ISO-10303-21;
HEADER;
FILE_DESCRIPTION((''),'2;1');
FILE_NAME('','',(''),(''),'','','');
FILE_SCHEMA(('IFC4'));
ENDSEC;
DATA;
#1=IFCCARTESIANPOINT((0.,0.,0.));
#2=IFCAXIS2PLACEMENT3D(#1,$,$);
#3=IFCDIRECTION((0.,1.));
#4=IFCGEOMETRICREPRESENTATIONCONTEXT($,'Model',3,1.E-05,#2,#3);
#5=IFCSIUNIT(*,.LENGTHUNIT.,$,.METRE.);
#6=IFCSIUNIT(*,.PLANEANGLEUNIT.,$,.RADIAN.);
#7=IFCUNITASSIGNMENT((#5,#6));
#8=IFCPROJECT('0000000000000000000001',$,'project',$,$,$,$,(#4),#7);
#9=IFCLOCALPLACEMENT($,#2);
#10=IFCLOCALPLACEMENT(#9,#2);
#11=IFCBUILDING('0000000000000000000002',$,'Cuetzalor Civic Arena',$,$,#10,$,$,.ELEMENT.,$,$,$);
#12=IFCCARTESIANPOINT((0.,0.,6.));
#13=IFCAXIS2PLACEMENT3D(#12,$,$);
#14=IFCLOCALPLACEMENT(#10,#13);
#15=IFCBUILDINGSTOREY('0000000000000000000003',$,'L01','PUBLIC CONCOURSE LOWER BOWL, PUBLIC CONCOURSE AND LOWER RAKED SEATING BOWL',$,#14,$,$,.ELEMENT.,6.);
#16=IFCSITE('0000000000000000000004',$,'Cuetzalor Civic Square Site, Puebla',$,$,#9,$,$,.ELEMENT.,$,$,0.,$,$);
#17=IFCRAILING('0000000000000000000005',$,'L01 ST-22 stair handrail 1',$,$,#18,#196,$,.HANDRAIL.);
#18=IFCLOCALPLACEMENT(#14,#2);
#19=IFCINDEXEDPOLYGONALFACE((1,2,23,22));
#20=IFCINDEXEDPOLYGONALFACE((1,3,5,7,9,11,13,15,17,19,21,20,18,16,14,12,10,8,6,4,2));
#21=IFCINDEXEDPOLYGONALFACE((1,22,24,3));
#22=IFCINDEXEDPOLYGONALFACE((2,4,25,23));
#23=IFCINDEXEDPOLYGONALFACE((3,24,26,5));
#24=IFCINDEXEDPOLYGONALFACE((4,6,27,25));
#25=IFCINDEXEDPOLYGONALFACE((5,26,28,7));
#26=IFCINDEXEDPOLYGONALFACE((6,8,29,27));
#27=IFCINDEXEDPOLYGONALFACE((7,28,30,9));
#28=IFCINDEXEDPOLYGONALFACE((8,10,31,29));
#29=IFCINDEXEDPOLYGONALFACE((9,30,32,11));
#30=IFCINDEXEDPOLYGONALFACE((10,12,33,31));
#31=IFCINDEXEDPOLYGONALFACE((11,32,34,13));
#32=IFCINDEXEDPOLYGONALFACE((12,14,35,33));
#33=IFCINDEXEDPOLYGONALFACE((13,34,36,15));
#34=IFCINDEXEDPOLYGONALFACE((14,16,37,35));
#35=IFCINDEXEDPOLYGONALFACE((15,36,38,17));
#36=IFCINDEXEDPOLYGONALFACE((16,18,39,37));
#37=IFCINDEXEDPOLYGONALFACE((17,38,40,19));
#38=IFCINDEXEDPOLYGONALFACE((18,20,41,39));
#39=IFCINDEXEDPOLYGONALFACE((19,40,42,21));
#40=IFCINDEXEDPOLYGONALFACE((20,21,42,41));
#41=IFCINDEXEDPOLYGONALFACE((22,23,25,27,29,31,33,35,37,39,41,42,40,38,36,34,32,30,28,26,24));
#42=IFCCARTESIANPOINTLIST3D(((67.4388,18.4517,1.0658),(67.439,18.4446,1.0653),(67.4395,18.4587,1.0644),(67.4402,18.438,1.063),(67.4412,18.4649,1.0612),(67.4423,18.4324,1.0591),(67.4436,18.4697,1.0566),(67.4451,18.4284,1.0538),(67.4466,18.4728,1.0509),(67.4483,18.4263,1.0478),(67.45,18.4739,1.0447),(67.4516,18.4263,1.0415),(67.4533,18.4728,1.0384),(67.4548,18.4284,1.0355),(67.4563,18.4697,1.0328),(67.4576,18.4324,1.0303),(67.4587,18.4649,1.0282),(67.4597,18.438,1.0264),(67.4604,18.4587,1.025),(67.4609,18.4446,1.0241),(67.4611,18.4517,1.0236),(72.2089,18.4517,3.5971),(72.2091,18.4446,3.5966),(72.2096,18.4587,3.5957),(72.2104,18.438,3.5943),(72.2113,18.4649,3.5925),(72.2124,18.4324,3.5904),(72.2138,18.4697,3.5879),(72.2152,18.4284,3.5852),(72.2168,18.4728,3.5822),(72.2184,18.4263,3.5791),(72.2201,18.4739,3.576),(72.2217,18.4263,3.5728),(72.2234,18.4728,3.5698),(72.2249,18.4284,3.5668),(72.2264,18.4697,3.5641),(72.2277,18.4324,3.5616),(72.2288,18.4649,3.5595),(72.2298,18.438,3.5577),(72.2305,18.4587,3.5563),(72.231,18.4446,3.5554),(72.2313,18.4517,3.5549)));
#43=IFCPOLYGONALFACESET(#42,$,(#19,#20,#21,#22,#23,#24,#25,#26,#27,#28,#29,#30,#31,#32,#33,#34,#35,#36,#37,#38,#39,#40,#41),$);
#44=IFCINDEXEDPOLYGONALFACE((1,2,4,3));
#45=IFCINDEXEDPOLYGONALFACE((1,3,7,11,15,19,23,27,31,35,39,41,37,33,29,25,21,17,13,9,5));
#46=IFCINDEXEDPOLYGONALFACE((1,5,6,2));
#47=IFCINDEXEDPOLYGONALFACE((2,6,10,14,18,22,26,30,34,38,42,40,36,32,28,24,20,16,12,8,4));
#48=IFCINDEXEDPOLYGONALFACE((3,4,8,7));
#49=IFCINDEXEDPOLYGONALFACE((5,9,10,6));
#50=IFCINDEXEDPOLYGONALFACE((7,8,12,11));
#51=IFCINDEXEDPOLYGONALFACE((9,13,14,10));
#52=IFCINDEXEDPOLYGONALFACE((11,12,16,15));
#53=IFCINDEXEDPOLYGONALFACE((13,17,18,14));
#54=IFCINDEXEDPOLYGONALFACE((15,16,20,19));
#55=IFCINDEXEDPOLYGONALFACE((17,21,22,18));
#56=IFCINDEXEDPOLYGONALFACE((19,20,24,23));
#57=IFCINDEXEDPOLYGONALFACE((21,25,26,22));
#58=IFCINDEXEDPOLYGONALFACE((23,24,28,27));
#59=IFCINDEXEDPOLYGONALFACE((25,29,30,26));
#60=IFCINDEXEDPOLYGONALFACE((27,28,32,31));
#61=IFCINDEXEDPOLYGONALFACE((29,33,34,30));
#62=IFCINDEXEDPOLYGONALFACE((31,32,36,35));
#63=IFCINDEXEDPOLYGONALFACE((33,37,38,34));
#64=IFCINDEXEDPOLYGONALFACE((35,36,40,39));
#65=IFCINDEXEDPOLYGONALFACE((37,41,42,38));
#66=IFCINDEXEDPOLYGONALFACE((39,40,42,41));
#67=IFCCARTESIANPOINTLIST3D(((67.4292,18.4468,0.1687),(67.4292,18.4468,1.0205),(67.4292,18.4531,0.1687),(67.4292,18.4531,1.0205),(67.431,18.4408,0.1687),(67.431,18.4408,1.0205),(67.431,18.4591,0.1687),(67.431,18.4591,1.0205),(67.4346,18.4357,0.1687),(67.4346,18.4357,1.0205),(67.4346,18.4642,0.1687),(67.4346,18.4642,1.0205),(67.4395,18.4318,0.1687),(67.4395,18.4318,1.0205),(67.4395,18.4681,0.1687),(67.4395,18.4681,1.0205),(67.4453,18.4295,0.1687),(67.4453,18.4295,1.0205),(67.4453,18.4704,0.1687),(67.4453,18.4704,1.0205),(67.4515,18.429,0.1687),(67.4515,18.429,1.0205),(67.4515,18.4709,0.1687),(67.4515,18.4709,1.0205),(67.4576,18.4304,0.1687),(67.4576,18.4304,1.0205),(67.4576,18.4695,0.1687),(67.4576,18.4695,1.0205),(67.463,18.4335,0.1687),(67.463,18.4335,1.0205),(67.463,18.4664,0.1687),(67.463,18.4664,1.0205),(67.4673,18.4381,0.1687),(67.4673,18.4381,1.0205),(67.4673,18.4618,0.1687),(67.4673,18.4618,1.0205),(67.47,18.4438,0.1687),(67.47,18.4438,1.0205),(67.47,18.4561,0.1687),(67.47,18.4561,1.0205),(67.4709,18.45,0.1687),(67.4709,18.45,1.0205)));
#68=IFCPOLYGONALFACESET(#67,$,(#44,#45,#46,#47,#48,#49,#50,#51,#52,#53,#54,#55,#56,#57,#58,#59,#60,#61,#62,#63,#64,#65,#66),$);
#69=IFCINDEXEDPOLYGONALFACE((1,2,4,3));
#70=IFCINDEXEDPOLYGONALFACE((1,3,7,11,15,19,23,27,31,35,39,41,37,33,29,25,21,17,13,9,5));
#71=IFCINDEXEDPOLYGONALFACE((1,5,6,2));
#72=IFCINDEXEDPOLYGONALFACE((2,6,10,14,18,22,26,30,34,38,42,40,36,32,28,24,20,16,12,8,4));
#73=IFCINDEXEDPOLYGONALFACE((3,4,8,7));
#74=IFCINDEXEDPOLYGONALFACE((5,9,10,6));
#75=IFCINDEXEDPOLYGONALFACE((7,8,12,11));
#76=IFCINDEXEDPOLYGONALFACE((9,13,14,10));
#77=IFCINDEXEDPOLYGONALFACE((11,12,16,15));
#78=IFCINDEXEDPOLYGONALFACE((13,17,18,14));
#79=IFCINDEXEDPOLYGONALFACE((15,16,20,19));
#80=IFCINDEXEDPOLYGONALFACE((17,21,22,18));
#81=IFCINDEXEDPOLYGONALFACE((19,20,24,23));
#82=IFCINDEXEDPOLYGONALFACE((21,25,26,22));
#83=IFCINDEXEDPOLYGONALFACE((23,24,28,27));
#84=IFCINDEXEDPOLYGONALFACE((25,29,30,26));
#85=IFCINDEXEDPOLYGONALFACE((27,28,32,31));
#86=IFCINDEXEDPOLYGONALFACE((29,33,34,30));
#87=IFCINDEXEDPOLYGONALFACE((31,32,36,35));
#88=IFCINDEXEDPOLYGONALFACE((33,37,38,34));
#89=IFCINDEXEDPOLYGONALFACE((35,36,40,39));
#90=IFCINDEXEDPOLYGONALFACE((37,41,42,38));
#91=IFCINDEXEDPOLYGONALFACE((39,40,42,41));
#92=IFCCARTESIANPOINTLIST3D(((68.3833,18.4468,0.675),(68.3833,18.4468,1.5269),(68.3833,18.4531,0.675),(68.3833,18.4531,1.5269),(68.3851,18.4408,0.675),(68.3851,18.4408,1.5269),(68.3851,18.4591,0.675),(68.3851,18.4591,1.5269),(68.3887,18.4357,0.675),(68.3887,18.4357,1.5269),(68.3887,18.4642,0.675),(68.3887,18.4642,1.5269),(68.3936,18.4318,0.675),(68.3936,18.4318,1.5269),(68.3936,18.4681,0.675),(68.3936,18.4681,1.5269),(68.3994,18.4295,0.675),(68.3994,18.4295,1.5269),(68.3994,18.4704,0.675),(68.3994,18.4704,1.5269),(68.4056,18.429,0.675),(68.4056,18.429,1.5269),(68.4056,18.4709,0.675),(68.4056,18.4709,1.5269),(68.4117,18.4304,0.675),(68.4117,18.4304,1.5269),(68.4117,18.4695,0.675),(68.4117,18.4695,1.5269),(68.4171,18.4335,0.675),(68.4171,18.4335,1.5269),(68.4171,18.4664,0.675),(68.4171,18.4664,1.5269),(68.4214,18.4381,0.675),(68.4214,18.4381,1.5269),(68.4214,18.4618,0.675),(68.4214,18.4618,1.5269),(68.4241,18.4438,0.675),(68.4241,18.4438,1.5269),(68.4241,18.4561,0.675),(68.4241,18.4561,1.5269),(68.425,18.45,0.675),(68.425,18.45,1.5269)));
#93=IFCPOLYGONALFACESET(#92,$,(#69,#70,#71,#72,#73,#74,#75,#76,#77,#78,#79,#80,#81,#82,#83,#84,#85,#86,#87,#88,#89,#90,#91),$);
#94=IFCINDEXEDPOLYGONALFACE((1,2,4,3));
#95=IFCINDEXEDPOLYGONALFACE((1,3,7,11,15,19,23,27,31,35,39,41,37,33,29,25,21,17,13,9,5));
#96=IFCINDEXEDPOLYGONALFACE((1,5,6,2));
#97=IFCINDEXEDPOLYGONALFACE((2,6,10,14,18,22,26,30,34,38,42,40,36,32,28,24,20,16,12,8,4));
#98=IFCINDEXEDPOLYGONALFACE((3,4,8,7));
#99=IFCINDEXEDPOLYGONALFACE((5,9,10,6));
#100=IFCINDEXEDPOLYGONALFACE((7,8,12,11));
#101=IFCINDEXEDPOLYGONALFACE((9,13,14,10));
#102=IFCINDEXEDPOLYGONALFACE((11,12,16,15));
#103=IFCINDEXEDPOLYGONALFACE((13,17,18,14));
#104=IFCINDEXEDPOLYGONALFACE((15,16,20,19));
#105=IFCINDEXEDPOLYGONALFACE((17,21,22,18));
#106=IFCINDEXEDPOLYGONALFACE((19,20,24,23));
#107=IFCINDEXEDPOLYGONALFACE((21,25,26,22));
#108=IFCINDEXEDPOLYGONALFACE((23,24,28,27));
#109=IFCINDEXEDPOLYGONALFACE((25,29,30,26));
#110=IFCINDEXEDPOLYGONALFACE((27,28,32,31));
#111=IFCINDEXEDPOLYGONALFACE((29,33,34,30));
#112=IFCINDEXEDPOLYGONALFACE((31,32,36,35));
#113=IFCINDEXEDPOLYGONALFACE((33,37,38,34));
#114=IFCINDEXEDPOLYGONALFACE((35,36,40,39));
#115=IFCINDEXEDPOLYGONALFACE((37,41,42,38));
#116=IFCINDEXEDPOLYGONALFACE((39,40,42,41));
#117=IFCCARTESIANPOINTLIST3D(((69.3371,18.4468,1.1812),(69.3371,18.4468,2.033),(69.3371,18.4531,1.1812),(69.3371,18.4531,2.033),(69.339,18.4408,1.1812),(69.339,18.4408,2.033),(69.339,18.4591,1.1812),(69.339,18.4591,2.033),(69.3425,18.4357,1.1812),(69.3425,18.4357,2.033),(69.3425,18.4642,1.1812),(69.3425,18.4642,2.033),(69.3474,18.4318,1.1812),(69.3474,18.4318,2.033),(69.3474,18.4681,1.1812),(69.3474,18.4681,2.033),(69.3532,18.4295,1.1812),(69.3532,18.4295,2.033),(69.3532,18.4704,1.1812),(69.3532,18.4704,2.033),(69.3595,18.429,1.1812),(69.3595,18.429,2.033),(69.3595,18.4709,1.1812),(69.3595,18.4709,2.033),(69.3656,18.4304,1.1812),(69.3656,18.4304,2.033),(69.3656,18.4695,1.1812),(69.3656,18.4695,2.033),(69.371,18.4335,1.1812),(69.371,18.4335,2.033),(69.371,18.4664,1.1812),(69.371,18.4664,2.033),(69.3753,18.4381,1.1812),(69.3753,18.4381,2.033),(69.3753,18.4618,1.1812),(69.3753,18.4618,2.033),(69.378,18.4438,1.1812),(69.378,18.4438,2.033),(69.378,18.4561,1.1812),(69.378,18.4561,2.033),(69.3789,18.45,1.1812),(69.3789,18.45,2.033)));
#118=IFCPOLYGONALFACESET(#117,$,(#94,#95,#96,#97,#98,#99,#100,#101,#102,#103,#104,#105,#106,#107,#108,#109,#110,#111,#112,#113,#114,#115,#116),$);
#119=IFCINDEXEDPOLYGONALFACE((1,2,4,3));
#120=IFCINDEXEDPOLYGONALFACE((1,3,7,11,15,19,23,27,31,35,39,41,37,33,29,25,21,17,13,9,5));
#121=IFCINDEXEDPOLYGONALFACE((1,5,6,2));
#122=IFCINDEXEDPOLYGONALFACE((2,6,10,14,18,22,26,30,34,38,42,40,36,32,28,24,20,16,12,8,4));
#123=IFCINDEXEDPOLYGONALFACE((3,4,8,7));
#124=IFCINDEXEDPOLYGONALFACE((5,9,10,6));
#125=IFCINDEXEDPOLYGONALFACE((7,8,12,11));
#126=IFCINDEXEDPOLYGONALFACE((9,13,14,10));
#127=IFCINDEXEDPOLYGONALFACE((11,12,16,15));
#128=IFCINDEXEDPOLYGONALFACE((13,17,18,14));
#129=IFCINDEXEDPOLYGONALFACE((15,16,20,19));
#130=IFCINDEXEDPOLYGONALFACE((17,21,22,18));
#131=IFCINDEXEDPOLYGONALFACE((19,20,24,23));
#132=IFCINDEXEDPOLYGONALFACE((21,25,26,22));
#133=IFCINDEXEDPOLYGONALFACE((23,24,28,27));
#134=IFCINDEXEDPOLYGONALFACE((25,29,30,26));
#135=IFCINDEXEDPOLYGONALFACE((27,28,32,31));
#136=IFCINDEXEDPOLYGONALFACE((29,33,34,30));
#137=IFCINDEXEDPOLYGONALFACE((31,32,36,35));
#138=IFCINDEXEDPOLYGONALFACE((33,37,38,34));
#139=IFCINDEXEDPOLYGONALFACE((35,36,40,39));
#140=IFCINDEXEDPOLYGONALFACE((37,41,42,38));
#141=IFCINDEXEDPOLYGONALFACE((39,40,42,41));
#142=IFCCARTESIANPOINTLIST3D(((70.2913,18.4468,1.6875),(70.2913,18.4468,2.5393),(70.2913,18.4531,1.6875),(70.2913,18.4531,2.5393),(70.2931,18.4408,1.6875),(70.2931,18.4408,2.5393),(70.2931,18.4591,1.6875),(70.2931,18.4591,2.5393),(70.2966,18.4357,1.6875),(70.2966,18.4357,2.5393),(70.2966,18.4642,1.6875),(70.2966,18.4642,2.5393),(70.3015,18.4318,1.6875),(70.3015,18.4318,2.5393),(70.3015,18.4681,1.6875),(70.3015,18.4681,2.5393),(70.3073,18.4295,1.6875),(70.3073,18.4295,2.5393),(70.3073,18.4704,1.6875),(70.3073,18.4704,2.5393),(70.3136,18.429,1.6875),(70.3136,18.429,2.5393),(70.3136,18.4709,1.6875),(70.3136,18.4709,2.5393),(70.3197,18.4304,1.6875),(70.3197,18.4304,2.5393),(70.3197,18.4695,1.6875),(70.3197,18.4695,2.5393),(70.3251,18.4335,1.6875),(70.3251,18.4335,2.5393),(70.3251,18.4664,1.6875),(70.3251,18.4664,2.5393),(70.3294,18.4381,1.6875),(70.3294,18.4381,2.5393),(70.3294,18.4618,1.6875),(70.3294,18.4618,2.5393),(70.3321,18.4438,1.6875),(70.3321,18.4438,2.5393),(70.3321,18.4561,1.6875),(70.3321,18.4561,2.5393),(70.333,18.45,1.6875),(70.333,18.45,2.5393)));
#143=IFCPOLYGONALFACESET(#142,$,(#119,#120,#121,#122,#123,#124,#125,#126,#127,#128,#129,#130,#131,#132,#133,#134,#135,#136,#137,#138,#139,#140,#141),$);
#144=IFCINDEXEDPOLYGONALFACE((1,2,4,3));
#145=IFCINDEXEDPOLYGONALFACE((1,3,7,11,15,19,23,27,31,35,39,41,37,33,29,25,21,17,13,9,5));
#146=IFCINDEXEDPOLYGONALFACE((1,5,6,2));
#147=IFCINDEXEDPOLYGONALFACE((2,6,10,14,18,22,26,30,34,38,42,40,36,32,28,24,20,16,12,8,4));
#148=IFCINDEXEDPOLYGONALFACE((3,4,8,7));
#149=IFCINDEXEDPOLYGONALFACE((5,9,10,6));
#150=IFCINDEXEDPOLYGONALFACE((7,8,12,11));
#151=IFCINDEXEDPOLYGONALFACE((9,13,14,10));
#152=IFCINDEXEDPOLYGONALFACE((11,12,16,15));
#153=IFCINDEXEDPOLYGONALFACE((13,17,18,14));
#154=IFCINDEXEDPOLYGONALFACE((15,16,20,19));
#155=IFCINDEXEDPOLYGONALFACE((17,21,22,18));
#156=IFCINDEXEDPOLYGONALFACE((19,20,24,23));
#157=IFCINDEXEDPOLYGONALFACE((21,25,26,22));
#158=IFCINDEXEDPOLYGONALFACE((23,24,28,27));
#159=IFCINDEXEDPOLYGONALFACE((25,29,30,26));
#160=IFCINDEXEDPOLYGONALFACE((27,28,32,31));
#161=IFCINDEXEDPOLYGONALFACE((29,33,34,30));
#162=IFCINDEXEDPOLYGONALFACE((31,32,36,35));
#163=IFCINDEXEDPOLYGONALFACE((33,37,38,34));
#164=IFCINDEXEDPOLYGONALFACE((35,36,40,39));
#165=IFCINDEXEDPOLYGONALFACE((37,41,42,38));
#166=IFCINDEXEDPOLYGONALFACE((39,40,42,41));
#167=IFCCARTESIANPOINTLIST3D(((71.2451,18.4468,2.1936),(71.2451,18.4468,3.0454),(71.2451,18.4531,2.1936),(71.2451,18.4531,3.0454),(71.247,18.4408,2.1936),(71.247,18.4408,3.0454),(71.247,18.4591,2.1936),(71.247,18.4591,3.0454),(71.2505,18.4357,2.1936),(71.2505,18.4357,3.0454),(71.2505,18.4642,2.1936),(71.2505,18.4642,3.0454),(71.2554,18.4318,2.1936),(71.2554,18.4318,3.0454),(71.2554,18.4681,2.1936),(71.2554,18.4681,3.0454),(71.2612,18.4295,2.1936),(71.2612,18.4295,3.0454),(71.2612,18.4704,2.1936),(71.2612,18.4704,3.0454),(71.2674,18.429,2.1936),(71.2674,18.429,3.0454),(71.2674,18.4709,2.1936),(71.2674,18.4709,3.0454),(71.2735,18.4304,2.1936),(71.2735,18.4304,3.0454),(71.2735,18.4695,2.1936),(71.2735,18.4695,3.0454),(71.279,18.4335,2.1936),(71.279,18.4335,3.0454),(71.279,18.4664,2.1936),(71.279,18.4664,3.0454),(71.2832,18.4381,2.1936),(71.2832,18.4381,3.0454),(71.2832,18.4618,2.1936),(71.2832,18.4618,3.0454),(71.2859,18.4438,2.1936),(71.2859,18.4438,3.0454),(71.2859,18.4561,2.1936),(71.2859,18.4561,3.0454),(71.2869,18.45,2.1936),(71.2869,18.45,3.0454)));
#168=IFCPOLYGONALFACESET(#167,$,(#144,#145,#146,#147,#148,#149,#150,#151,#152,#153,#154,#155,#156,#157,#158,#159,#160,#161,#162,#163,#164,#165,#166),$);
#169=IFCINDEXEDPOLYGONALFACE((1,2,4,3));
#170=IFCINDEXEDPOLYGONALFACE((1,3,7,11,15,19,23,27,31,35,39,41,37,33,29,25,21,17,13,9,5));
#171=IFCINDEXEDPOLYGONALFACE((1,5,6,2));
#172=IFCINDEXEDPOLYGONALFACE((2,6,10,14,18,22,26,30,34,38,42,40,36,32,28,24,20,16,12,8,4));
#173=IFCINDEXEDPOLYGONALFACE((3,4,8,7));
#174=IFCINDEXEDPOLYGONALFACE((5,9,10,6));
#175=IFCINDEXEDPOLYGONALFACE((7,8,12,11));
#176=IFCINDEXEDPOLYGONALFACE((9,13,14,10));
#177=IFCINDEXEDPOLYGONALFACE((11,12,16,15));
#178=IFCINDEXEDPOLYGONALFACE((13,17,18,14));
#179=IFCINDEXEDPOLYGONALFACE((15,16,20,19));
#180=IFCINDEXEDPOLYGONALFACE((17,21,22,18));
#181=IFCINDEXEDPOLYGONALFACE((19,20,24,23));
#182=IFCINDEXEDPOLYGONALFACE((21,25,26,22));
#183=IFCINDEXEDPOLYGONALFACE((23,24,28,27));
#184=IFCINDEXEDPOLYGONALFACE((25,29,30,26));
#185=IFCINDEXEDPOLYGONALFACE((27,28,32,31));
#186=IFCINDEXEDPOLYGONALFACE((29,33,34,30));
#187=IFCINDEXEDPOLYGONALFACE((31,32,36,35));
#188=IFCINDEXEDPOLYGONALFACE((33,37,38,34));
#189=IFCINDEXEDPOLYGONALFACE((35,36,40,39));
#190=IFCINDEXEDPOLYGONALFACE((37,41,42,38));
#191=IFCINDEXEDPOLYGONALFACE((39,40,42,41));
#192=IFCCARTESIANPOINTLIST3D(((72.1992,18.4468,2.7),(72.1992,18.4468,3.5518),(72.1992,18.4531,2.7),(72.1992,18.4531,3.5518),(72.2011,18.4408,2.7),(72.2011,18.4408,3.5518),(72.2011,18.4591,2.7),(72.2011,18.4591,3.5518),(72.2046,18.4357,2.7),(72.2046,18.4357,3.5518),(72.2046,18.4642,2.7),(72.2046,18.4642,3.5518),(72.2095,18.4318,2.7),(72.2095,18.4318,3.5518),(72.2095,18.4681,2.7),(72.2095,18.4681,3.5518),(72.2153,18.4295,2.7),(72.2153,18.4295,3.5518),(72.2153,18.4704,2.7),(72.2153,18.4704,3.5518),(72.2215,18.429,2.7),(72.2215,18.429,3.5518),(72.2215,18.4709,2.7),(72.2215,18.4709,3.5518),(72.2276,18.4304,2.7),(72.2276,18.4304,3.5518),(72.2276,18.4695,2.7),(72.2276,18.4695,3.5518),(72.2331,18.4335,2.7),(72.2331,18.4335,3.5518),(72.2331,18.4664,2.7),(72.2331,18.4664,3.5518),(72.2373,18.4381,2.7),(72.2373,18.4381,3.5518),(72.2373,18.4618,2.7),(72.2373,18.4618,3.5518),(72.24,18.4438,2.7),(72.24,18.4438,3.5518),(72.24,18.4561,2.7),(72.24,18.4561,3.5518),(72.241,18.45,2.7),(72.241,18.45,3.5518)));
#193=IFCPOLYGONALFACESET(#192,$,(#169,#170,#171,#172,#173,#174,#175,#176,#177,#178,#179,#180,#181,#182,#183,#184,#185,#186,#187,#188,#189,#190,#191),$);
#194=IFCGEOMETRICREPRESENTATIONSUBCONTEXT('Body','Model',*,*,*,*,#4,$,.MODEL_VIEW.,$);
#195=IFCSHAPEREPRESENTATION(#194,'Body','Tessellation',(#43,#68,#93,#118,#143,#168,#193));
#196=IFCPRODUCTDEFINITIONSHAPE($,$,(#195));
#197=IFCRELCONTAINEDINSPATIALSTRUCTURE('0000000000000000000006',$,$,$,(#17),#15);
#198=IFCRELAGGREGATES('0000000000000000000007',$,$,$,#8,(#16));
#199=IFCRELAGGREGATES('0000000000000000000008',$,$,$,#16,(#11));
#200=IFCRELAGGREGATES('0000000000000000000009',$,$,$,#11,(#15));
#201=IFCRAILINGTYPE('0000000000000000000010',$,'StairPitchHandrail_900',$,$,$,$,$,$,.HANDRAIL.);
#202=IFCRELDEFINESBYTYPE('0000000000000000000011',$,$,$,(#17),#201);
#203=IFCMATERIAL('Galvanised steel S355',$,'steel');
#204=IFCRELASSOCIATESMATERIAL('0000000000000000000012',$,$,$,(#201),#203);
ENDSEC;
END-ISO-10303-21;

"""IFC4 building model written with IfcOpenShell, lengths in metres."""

from ifc_helpers import new_model, si_unit, direction, frame, origin, origin_2d, place, context, subcontext, project, spatial, circle, extrude, material, type_object, element, save


model = new_model("IFC4")

# Units and contexts
model_context = context("Model", 3, precision=1e-05, world=origin(), true_north=direction((0.0, 1.0)))
body_context = subcontext(model_context, "Body", "Model", "MODEL_VIEW")
ifc_project = project(units=[si_unit("LENGTHUNIT", "METRE"), si_unit("PLANEANGLEUNIT", "RADIAN")], contexts=[model_context])

# Site, building, storey
site_placement = place(None, origin())
site = spatial("IfcSite", under=ifc_project, at=site_placement, Name="Cuetzalor Civic Square Site, Puebla", CompositionType="ELEMENT", RefElevation=0.0)
building_placement = place(site_placement, origin())
building = spatial("IfcBuilding", under=site, at=building_placement, Name="Cuetzalor Civic Arena", CompositionType="ELEMENT")
storey_placement = place(building_placement, frame((0.0, 0.0, 6.0)))
storey = spatial("IfcBuildingStorey", under=building, at=storey_placement, Name="L01", Description="PUBLIC CONCOURSE LOWER BOWL, PUBLIC CONCOURSE AND LOWER RAKED SEATING BOWL", CompositionType="ELEMENT", Elevation=6.0)

# Railing
ifc_material_1 = material(Name="Galvanised steel S355", Category="steel")
railing_type_1 = type_object("IfcRailingType", Name="StairPitchHandrail_900", PredefinedType="HANDRAIL", material=ifc_material_1)
railing_1_placement = place(storey_placement, frame((67.45, 18.45, 0.1687)))
element("IfcRailing", 1, at=railing_1_placement, inside=storey, type_object=railing_type_1, Name="L01 ST-22 stair handrail 1", PredefinedType="HANDRAIL", context=body_context, shape_type="SweptSolid", body=[
    extrude(circle(Radius=0.0239, at=origin_2d()), frame((0.0, 0.0, 0.876), z_axis=(0.883332, 0.0, 0.468747), x_axis=(0.0, 1.0, 0.0)), (0.0, 0.0, 1.0), 5.4001),
    extrude(circle(Radius=0.021, at=origin_2d()), origin(), (0.0, 0.0, 1.0), 0.8518),
    extrude(circle(Radius=0.021, at=origin_2d()), frame((0.9541, 0.0, 0.5063)), (0.0, 0.0, 1.0), 0.8518),
    extrude(circle(Radius=0.021, at=origin_2d()), frame((1.908, 0.0, 1.0125)), (0.0, 0.0, 1.0), 0.8518),
    extrude(circle(Radius=0.021, at=origin_2d()), frame((2.8621, 0.0, 1.5188)), (0.0, 0.0, 1.0), 0.8518),
    extrude(circle(Radius=0.021, at=origin_2d()), frame((3.8159, 0.0, 2.0249)), (0.0, 0.0, 1.0), 0.8518),
    extrude(circle(Radius=0.021, at=origin_2d()), frame((4.77, 0.0, 2.5312)), (0.0, 0.0, 1.0), 0.8518),
])

save(model, "model.ifc")
